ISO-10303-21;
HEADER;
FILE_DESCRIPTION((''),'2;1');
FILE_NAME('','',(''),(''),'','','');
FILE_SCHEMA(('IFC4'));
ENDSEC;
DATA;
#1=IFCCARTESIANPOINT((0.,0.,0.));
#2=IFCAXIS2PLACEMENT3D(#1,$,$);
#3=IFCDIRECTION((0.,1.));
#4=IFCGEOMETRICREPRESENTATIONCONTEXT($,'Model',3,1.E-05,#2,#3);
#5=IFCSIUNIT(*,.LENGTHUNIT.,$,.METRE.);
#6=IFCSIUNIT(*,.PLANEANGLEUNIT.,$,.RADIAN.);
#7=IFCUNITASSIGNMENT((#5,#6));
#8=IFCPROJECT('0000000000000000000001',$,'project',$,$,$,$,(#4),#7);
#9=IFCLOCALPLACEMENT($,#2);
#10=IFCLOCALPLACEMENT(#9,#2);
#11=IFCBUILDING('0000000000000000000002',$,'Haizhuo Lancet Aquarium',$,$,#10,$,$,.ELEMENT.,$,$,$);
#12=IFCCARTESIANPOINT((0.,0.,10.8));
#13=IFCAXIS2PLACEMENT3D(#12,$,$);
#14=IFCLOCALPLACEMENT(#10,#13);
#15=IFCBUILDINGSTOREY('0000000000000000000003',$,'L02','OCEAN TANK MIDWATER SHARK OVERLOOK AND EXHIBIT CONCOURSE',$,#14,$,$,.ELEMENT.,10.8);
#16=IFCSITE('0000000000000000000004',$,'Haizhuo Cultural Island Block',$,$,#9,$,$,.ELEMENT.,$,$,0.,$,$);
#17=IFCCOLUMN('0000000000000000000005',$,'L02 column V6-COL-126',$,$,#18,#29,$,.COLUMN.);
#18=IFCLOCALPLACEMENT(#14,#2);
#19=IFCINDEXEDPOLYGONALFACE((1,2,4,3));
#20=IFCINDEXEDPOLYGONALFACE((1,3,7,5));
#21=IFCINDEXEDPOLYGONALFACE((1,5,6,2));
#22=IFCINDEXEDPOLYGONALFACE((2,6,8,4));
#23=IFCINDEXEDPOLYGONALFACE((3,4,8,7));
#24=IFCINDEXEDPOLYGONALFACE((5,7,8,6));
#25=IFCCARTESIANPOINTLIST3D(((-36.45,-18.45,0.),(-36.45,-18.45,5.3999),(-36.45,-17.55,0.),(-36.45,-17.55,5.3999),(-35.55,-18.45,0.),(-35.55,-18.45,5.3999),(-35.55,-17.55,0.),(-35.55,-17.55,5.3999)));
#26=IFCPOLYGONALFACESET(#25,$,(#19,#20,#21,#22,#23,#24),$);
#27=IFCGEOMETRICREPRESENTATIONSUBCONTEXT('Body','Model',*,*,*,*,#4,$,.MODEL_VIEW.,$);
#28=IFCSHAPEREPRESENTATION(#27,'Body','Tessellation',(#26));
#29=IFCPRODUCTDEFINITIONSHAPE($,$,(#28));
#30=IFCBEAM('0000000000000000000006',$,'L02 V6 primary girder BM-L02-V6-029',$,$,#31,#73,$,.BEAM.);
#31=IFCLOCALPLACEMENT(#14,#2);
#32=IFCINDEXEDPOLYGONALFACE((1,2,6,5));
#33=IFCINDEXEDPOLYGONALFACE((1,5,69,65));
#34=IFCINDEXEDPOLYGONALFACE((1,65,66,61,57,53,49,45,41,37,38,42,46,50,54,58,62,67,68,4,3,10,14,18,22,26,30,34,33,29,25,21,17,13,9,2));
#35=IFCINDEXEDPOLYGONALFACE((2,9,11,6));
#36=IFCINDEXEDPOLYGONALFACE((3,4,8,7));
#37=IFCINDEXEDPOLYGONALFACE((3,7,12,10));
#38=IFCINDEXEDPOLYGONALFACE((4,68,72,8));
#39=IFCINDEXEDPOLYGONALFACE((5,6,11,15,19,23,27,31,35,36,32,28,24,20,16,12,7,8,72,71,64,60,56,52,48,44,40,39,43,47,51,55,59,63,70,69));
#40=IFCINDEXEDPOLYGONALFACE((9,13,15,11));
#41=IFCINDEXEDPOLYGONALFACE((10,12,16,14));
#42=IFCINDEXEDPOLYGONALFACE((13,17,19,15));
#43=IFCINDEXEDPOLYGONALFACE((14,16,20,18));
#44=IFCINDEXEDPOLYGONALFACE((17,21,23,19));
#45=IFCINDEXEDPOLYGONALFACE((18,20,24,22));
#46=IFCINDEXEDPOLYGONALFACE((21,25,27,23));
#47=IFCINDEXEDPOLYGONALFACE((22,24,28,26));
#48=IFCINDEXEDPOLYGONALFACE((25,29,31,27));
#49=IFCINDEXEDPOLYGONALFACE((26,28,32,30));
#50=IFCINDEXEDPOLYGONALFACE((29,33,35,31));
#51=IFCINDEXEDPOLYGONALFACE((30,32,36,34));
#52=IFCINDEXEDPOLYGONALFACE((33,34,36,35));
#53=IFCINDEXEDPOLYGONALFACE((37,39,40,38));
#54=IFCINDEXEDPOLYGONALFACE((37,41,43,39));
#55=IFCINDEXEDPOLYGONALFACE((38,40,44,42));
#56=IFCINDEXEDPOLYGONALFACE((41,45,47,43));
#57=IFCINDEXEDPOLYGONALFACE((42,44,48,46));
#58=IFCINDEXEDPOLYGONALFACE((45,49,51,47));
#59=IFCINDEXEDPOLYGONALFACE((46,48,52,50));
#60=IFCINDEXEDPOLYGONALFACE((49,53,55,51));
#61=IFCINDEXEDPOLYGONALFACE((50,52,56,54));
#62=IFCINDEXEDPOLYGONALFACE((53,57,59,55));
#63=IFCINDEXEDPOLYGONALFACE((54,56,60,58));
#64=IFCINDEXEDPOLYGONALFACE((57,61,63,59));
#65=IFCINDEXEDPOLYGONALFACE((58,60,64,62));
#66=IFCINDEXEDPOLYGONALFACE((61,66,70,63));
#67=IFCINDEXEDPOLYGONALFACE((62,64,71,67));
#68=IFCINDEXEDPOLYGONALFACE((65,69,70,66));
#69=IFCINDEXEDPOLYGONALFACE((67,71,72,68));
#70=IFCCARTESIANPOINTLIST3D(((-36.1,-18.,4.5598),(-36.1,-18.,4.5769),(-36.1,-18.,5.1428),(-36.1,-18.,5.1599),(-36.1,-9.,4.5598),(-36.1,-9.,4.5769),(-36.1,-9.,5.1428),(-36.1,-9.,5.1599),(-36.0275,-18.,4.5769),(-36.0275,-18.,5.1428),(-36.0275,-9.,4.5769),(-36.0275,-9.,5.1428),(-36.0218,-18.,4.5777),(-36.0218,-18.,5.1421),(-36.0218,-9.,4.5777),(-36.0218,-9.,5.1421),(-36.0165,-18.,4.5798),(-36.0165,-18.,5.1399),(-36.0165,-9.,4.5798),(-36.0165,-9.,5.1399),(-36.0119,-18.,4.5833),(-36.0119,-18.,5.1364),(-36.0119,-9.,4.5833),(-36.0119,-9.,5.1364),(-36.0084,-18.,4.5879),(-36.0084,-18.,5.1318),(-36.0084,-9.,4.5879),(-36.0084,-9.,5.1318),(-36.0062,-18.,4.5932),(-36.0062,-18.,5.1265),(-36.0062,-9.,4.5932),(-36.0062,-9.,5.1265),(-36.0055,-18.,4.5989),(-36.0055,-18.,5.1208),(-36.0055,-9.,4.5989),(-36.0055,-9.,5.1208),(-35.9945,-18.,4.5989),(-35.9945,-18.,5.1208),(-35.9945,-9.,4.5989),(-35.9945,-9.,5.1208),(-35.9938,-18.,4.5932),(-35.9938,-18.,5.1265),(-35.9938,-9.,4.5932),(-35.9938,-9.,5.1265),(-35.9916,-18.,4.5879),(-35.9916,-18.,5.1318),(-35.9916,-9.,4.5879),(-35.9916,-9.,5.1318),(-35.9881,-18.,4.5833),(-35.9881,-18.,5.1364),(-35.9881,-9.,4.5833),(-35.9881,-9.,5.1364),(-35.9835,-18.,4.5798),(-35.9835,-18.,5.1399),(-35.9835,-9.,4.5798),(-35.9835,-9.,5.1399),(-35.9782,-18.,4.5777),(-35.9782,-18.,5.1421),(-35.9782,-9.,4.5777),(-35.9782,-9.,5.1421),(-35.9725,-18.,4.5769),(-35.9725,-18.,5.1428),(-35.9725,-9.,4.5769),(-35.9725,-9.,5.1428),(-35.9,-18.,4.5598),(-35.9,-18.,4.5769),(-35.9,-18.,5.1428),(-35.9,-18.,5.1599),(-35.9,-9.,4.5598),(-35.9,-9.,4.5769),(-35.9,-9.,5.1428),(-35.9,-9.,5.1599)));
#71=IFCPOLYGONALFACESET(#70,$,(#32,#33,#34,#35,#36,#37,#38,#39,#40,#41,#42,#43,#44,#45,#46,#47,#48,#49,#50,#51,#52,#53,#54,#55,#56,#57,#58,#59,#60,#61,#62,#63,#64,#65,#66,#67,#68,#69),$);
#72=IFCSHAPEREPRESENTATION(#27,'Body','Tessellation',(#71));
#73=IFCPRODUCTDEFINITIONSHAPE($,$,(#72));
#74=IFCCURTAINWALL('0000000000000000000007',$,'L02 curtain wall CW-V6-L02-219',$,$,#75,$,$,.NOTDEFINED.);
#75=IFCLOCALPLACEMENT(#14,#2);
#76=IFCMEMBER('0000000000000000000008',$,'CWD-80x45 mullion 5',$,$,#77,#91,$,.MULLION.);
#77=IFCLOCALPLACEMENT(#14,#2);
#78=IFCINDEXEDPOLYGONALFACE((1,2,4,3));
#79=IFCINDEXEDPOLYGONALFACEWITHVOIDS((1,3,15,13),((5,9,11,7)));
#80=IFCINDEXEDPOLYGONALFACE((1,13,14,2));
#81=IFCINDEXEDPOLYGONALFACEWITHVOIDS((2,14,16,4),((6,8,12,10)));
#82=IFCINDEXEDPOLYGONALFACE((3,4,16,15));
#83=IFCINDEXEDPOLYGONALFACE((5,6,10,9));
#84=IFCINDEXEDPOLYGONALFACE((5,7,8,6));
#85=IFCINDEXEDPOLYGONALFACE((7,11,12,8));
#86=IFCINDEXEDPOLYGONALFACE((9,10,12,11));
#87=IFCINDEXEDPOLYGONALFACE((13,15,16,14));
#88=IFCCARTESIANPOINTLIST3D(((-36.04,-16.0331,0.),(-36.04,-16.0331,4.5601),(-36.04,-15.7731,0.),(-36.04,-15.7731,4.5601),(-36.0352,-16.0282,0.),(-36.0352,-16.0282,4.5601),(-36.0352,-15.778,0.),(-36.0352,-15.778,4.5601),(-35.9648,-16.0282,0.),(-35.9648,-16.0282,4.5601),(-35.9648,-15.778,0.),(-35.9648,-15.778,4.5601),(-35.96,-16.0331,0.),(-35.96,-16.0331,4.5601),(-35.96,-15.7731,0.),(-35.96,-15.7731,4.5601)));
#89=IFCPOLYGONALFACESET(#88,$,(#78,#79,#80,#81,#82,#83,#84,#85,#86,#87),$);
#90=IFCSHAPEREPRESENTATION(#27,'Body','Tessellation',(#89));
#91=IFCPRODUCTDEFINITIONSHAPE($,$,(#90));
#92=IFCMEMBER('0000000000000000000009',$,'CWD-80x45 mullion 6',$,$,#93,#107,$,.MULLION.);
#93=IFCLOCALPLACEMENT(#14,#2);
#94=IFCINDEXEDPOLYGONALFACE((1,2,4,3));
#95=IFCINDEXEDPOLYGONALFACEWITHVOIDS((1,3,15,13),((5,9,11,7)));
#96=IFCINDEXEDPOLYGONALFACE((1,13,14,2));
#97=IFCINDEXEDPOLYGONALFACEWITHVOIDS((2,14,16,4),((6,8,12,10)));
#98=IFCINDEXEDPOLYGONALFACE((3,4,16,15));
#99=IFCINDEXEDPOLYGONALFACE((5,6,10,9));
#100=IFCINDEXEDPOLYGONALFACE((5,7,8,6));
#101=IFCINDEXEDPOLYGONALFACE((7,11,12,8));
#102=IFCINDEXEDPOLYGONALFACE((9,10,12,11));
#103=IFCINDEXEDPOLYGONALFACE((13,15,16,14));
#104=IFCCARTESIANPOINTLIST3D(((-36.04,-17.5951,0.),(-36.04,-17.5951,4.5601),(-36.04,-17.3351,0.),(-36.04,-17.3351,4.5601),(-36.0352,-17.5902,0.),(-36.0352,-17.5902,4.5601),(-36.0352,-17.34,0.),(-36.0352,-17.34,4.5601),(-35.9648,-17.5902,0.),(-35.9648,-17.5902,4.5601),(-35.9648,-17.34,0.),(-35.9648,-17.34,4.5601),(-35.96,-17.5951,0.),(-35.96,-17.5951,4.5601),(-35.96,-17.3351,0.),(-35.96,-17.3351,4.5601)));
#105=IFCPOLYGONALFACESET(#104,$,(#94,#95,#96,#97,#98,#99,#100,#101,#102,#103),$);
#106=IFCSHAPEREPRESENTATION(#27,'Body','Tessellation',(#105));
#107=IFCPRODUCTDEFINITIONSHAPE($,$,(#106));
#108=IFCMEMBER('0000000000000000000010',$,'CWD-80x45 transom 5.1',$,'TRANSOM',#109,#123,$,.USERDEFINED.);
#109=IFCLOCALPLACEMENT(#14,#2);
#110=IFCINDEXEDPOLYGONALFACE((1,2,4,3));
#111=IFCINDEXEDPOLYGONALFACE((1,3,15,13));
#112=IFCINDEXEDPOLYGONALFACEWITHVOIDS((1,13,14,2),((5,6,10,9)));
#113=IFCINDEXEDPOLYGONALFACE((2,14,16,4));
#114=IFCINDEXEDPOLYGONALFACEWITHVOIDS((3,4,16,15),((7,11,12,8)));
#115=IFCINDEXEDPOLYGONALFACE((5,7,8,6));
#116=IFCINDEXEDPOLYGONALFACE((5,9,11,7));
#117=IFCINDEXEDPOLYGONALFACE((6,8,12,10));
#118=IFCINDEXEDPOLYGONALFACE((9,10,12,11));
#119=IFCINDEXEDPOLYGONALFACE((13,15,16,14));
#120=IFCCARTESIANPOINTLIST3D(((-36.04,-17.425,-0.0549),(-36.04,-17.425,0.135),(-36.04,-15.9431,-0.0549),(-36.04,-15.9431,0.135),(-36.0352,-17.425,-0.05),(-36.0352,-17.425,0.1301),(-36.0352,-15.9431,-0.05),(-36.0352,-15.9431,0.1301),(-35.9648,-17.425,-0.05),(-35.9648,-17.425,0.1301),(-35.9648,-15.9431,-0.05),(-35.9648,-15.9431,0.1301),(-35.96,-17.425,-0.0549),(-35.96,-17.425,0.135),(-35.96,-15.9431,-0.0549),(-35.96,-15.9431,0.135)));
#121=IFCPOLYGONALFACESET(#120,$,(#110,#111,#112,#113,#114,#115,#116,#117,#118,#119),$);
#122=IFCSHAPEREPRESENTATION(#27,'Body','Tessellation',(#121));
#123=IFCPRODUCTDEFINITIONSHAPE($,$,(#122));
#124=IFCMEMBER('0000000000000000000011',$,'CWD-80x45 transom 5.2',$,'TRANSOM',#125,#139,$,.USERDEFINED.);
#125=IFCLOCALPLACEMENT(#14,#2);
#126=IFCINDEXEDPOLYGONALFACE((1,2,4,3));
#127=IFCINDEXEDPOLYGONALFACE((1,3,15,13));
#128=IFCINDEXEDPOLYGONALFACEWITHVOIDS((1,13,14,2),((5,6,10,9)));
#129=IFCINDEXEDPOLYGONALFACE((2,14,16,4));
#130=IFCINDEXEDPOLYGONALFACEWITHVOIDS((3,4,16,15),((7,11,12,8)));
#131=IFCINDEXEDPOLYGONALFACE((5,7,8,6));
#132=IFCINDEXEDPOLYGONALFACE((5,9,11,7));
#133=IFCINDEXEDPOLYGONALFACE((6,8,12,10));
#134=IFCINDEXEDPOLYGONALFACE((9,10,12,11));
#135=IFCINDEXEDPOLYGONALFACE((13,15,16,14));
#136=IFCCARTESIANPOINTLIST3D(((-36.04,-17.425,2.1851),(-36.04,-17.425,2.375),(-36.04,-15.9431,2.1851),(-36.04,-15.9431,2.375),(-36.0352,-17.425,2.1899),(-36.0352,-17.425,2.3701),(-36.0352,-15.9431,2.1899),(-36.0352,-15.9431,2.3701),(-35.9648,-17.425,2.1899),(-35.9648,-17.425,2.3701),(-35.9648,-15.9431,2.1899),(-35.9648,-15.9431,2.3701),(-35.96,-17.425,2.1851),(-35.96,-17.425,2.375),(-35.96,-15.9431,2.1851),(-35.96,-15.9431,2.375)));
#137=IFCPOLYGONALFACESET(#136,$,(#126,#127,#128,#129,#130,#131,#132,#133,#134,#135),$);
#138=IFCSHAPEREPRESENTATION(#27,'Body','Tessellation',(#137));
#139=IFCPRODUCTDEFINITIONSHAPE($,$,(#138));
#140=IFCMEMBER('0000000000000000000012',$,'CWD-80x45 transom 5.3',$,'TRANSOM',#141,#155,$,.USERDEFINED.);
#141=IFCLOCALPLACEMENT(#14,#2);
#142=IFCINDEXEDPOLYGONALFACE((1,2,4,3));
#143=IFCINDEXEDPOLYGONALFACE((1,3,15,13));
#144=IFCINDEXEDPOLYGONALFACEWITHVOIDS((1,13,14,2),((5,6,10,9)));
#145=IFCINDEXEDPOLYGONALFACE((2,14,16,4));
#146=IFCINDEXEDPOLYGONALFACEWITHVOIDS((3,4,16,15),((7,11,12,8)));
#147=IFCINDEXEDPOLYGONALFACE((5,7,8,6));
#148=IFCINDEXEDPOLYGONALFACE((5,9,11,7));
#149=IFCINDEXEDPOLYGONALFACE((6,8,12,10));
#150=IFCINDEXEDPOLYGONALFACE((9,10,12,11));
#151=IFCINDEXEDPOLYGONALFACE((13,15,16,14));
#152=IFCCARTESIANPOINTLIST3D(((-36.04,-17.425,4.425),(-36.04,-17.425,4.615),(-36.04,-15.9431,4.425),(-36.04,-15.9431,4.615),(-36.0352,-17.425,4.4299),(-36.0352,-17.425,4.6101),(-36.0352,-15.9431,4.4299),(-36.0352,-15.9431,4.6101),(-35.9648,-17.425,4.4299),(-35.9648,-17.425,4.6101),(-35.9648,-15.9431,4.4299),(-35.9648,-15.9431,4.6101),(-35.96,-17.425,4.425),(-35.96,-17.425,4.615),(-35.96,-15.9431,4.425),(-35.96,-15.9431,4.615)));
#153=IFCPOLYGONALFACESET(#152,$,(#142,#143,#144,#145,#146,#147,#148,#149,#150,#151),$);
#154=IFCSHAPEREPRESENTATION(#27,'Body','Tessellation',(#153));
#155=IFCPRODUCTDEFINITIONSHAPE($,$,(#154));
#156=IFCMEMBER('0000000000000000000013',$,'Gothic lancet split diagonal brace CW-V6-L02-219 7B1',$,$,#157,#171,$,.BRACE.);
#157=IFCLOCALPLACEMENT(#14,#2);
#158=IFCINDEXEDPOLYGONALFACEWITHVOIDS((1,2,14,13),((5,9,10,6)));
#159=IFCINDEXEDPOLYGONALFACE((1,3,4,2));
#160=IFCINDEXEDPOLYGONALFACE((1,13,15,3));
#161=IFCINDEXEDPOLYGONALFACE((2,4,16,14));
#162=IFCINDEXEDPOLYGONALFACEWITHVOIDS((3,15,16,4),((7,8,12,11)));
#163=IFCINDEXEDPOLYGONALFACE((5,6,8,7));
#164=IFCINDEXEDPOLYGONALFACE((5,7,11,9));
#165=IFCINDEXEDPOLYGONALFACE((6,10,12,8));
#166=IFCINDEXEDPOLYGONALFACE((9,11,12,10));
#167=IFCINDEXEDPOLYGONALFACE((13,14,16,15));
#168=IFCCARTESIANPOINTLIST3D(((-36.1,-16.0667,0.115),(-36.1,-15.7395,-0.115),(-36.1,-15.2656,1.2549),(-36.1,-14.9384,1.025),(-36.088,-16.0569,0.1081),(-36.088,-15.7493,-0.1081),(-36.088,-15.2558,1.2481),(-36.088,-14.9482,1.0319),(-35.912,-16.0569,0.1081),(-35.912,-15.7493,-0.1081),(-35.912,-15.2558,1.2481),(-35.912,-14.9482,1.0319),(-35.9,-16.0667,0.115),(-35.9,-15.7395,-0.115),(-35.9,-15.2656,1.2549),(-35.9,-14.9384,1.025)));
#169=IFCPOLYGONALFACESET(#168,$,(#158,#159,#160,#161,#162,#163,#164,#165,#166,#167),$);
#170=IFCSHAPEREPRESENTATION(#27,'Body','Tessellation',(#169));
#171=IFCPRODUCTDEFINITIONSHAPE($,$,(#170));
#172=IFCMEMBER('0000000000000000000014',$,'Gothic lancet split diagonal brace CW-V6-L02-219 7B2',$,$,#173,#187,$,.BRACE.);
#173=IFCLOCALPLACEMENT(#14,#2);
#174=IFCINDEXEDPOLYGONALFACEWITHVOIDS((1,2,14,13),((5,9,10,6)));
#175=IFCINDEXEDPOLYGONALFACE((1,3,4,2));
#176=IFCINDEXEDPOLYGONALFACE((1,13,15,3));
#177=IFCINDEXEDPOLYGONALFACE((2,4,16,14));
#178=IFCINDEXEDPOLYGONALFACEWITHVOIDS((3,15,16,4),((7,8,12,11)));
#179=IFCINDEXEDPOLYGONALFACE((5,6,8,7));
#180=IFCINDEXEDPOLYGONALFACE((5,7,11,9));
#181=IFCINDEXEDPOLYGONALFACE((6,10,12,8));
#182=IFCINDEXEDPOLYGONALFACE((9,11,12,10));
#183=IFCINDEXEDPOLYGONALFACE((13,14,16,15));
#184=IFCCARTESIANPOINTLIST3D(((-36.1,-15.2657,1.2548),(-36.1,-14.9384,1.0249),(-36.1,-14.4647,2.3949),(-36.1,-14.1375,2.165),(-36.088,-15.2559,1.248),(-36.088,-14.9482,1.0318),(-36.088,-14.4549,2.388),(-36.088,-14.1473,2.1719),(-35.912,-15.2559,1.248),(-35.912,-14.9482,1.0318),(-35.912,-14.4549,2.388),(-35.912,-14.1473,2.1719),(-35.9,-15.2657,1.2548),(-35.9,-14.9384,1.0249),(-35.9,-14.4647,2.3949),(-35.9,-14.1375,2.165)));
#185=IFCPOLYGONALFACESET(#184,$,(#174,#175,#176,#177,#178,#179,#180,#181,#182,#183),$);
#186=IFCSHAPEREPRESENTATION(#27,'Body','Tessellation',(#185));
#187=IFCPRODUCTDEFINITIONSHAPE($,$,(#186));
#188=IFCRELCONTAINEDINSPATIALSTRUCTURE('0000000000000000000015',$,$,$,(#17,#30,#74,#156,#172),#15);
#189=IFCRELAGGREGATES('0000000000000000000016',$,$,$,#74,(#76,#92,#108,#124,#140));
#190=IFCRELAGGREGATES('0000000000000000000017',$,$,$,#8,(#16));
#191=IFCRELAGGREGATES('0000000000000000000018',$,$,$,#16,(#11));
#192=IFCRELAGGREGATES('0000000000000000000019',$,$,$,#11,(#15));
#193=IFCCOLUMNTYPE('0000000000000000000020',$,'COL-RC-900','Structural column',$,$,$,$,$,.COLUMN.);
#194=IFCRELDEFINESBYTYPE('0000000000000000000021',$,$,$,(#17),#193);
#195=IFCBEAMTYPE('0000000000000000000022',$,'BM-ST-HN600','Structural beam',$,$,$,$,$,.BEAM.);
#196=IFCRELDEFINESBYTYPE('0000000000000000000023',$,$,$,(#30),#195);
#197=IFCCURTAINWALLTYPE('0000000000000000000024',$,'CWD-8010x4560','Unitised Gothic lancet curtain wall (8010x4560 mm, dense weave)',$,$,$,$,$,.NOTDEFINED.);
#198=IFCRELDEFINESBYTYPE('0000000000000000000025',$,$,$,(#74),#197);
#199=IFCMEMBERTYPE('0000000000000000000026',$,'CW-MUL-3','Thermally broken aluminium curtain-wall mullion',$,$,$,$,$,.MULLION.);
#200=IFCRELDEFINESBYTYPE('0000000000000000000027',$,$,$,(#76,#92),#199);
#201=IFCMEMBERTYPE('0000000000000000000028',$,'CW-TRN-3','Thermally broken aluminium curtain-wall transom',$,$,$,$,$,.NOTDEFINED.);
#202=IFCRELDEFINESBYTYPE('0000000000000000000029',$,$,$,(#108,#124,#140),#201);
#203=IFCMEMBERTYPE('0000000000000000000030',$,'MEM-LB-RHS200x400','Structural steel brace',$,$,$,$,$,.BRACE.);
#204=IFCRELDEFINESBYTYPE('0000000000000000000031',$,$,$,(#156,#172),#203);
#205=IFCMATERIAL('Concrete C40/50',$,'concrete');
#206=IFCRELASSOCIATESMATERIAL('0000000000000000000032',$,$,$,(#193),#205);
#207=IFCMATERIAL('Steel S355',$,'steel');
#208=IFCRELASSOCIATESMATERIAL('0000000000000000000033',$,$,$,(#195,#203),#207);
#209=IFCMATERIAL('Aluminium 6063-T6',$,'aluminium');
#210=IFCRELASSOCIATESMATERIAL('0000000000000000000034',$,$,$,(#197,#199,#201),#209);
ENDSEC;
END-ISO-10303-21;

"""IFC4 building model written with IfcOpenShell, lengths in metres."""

from ifc_helpers import new_model, si_unit, direction, frame, origin, origin_2d, place, context, subcontext, project, spatial, rectangle, hollow_rectangle, i_section, extrude, material, material_profile, profile_set, type_object, element, aggregate, save


model = new_model("IFC4")

# Units and contexts
model_context = context("Model", 3, precision=1e-05, world=origin(), true_north=direction((0.0, 1.0)))
body_context = subcontext(model_context, "Body", "Model", "MODEL_VIEW")
ifc_project = project(units=[si_unit("LENGTHUNIT", "METRE"), si_unit("PLANEANGLEUNIT", "RADIAN")], contexts=[model_context])

# Site, building, storey
site_placement = place(None, origin())
site = spatial("IfcSite", under=ifc_project, at=site_placement, Name="Haizhuo Cultural Island Block", CompositionType="ELEMENT", RefElevation=0.0)
building_placement = place(site_placement, origin())
building = spatial("IfcBuilding", under=site, at=building_placement, Name="Haizhuo Lancet Aquarium", CompositionType="ELEMENT")
storey_placement = place(building_placement, frame((0.0, 0.0, 10.8)))
storey = spatial("IfcBuildingStorey", under=building, at=storey_placement, Name="L02", Description="OCEAN TANK MIDWATER SHARK OVERLOOK AND EXHIBIT CONCOURSE", CompositionType="ELEMENT", Elevation=10.8)

# Column
ifc_material_1 = material(Name="Concrete C40/50", Category="concrete")
ifc_material_profile_1 = material_profile(ifc_material_1, rectangle(XDim=0.8999, YDim=0.8999, at=origin_2d()), Name="RC-COL 900x900")
ifc_profile_set_1 = profile_set([ifc_material_profile_1], Name="Concrete C40/50")
column_type = type_object("IfcColumnType", Name="COL-RC-900", Description="Structural column", PredefinedType="COLUMN", material=ifc_profile_set_1)
column_placement = place(storey_placement, frame((-36.0, -18.0, 0.0), z_axis=(0.0, 0.0, 1.0), x_axis=(1.0, 0.0, 0.0)))
element("IfcColumn", 1, at=column_placement, inside=storey, type_object=column_type, Name="L02 column V6-COL-126", PredefinedType="COLUMN", context=body_context, shape_type="SweptSolid", body=[
    extrude(rectangle(XDim=0.8999, YDim=0.8999, at=origin_2d()), origin(), (0.0, 0.0, 1.0), 5.3999),
])

# Beam
ifc_material_2 = material(Name="Steel S355", Category="steel")
ifc_material_profile_2 = material_profile(ifc_material_2, i_section(OverallWidth=0.2, OverallDepth=0.6001, WebThickness=0.011, FlangeThickness=0.0171, FilletRadius=0.022, at=origin_2d()), Name="HN 600x200x11x17")
ifc_profile_set_2 = profile_set([ifc_material_profile_2], Name="Steel S355")
beam_type = type_object("IfcBeamType", Name="BM-ST-HN600", Description="Structural beam", PredefinedType="BEAM", material=ifc_profile_set_2)
beam_placement = place(storey_placement, frame((-36.0, -18.0, 4.8599), z_axis=(0.0, 1.0, 0.0), x_axis=(-1.0, 0.0, 0.0)))
element("IfcBeam", 2, at=beam_placement, inside=storey, type_object=beam_type, Name="L02 V6 primary girder BM-L02-V6-029", PredefinedType="BEAM", context=body_context, shape_type="SweptSolid", body=[
    extrude(i_section(OverallWidth=0.2, OverallDepth=0.6001, WebThickness=0.011, FlangeThickness=0.0171, FilletRadius=0.022, at=origin_2d()), origin(), (0.0, 0.0, 1.0), 9.0),
])

# Curtain wall, members
ifc_material_3 = material(Name="Aluminium 6063-T6", Category="aluminium")
curtain_wall_type = type_object("IfcCurtainWallType", Name="CWD-8010x4560", Description="Unitised Gothic lancet curtain wall (8010x4560 mm, dense weave)", PredefinedType="NOTDEFINED", material=ifc_material_3)
curtain_wall_placement = place(storey_placement, origin())
curtain_wall = element("IfcCurtainWall", 3, at=curtain_wall_placement, inside=storey, type_object=curtain_wall_type, Name="L02 curtain wall CW-V6-L02-219", PredefinedType="NOTDEFINED")
ifc_material_profile_3 = material_profile(ifc_material_3, hollow_rectangle(XDim=0.0801, YDim=0.26, WallThickness=0.0049, at=origin_2d()), Name="ALU-M 80x260x5")
ifc_profile_set_3 = profile_set([ifc_material_profile_3], Name="Aluminium 6063-T6")
member_type_1 = type_object("IfcMemberType", Name="CW-MUL-3", Description="Thermally broken aluminium curtain-wall mullion", PredefinedType="MULLION", material=ifc_profile_set_3)
member_1_placement = place(storey_placement, frame((-36.0, -15.9031, 0.0), z_axis=(0.0, 0.0, 1.0), x_axis=(1.0, 0.0, 0.0)))
member_1 = element("IfcMember", 4, at=member_1_placement, type_object=member_type_1, Name="CWD-80x45 mullion 5", PredefinedType="MULLION", context=body_context, shape_type="SweptSolid", body=[
    extrude(hollow_rectangle(XDim=0.0801, YDim=0.26, WallThickness=0.0049, at=origin_2d()), origin(), (0.0, 0.0, 1.0), 4.5601),
])
member_2_placement = place(storey_placement, frame((-36.0, -17.4651, 0.0), z_axis=(0.0, 0.0, 1.0), x_axis=(1.0, 0.0, 0.0)))
member_2 = element("IfcMember", 5, at=member_2_placement, type_object=member_type_1, Name="CWD-80x45 mullion 6", PredefinedType="MULLION", context=body_context, shape_type="SweptSolid", body=[
    extrude(hollow_rectangle(XDim=0.0801, YDim=0.26, WallThickness=0.0049, at=origin_2d()), origin(), (0.0, 0.0, 1.0), 4.5601),
])
ifc_material_profile_4 = material_profile(ifc_material_3, hollow_rectangle(XDim=0.0801, YDim=0.1899, WallThickness=0.0049, at=origin_2d()), Name="ALU-T 80x190x5")
ifc_profile_set_4 = profile_set([ifc_material_profile_4], Name="Aluminium 6063-T6")
member_type_2 = type_object("IfcMemberType", Name="CW-TRN-3", Description="Thermally broken aluminium curtain-wall transom", PredefinedType="NOTDEFINED", material=ifc_profile_set_4)
member_3_placement = place(storey_placement, frame((-36.0, -15.9431, 0.04), z_axis=(0.0, -1.0, 0.0), x_axis=(1.0, 0.0, 0.0)))
member_3 = element("IfcMember", 6, at=member_3_placement, type_object=member_type_2, Name="CWD-80x45 transom 5.1", ObjectType="TRANSOM", PredefinedType="USERDEFINED", context=body_context, shape_type="SweptSolid", body=[
    extrude(hollow_rectangle(XDim=0.0801, YDim=0.1899, WallThickness=0.0049, at=origin_2d()), origin(), (0.0, 0.0, 1.0), 1.4819),
])
member_4_placement = place(storey_placement, frame((-36.0, -15.9431, 2.28), z_axis=(0.0, -1.0, 0.0), x_axis=(1.0, 0.0, 0.0)))
member_4 = element("IfcMember", 7, at=member_4_placement, type_object=member_type_2, Name="CWD-80x45 transom 5.2", ObjectType="TRANSOM", PredefinedType="USERDEFINED", context=body_context, shape_type="SweptSolid", body=[
    extrude(hollow_rectangle(XDim=0.0801, YDim=0.1899, WallThickness=0.0049, at=origin_2d()), origin(), (0.0, 0.0, 1.0), 1.4819),
])
member_5_placement = place(storey_placement, frame((-36.0, -15.9431, 4.52), z_axis=(0.0, -1.0, 0.0), x_axis=(1.0, 0.0, 0.0)))
member_5 = element("IfcMember", 8, at=member_5_placement, type_object=member_type_2, Name="CWD-80x45 transom 5.3", ObjectType="TRANSOM", PredefinedType="USERDEFINED", context=body_context, shape_type="SweptSolid", body=[
    extrude(hollow_rectangle(XDim=0.0801, YDim=0.1899, WallThickness=0.0049, at=origin_2d()), origin(), (0.0, 0.0, 1.0), 1.4819),
])

# Members
ifc_material_profile_5 = material_profile(ifc_material_2, hollow_rectangle(XDim=0.2, YDim=0.3999, WallThickness=0.012, at=origin_2d()), Name="RHS 200x400x12")
ifc_profile_set_5 = profile_set([ifc_material_profile_5], Name="Steel S355")
member_type_3 = type_object("IfcMemberType", Name="MEM-LB-RHS200x400", Description="Structural steel brace", PredefinedType="BRACE", material=ifc_profile_set_5)
for number, where, z_axis, x_axis, name in (
    (9, (-36.0, -15.9031, 0.0), (0.0, 0.574955, 0.818185), (-1.0, 0.0, 0.0), "Gothic lancet split diagonal brace CW-V6-L02-219 7B1"),
    (10, (-36.0, -15.1021, 1.1399), (0.0, 0.574873, 0.818243), (-1.0, 0.0, 0.0), "Gothic lancet split diagonal brace CW-V6-L02-219 7B2"),
):
    element("IfcMember", number, at=place(storey_placement, frame(where, z_axis=z_axis, x_axis=x_axis)), inside=storey, type_object=member_type_3, Name=name, PredefinedType="BRACE", context=body_context, shape_type="SweptSolid", body=[
        extrude(hollow_rectangle(XDim=0.2, YDim=0.3999, WallThickness=0.012, at=origin_2d()), origin(), (0.0, 0.0, 1.0), 1.3933),
    ])

aggregate(curtain_wall, [member_1, member_2, member_3, member_4, member_5])

save(model, "model.ifc")
